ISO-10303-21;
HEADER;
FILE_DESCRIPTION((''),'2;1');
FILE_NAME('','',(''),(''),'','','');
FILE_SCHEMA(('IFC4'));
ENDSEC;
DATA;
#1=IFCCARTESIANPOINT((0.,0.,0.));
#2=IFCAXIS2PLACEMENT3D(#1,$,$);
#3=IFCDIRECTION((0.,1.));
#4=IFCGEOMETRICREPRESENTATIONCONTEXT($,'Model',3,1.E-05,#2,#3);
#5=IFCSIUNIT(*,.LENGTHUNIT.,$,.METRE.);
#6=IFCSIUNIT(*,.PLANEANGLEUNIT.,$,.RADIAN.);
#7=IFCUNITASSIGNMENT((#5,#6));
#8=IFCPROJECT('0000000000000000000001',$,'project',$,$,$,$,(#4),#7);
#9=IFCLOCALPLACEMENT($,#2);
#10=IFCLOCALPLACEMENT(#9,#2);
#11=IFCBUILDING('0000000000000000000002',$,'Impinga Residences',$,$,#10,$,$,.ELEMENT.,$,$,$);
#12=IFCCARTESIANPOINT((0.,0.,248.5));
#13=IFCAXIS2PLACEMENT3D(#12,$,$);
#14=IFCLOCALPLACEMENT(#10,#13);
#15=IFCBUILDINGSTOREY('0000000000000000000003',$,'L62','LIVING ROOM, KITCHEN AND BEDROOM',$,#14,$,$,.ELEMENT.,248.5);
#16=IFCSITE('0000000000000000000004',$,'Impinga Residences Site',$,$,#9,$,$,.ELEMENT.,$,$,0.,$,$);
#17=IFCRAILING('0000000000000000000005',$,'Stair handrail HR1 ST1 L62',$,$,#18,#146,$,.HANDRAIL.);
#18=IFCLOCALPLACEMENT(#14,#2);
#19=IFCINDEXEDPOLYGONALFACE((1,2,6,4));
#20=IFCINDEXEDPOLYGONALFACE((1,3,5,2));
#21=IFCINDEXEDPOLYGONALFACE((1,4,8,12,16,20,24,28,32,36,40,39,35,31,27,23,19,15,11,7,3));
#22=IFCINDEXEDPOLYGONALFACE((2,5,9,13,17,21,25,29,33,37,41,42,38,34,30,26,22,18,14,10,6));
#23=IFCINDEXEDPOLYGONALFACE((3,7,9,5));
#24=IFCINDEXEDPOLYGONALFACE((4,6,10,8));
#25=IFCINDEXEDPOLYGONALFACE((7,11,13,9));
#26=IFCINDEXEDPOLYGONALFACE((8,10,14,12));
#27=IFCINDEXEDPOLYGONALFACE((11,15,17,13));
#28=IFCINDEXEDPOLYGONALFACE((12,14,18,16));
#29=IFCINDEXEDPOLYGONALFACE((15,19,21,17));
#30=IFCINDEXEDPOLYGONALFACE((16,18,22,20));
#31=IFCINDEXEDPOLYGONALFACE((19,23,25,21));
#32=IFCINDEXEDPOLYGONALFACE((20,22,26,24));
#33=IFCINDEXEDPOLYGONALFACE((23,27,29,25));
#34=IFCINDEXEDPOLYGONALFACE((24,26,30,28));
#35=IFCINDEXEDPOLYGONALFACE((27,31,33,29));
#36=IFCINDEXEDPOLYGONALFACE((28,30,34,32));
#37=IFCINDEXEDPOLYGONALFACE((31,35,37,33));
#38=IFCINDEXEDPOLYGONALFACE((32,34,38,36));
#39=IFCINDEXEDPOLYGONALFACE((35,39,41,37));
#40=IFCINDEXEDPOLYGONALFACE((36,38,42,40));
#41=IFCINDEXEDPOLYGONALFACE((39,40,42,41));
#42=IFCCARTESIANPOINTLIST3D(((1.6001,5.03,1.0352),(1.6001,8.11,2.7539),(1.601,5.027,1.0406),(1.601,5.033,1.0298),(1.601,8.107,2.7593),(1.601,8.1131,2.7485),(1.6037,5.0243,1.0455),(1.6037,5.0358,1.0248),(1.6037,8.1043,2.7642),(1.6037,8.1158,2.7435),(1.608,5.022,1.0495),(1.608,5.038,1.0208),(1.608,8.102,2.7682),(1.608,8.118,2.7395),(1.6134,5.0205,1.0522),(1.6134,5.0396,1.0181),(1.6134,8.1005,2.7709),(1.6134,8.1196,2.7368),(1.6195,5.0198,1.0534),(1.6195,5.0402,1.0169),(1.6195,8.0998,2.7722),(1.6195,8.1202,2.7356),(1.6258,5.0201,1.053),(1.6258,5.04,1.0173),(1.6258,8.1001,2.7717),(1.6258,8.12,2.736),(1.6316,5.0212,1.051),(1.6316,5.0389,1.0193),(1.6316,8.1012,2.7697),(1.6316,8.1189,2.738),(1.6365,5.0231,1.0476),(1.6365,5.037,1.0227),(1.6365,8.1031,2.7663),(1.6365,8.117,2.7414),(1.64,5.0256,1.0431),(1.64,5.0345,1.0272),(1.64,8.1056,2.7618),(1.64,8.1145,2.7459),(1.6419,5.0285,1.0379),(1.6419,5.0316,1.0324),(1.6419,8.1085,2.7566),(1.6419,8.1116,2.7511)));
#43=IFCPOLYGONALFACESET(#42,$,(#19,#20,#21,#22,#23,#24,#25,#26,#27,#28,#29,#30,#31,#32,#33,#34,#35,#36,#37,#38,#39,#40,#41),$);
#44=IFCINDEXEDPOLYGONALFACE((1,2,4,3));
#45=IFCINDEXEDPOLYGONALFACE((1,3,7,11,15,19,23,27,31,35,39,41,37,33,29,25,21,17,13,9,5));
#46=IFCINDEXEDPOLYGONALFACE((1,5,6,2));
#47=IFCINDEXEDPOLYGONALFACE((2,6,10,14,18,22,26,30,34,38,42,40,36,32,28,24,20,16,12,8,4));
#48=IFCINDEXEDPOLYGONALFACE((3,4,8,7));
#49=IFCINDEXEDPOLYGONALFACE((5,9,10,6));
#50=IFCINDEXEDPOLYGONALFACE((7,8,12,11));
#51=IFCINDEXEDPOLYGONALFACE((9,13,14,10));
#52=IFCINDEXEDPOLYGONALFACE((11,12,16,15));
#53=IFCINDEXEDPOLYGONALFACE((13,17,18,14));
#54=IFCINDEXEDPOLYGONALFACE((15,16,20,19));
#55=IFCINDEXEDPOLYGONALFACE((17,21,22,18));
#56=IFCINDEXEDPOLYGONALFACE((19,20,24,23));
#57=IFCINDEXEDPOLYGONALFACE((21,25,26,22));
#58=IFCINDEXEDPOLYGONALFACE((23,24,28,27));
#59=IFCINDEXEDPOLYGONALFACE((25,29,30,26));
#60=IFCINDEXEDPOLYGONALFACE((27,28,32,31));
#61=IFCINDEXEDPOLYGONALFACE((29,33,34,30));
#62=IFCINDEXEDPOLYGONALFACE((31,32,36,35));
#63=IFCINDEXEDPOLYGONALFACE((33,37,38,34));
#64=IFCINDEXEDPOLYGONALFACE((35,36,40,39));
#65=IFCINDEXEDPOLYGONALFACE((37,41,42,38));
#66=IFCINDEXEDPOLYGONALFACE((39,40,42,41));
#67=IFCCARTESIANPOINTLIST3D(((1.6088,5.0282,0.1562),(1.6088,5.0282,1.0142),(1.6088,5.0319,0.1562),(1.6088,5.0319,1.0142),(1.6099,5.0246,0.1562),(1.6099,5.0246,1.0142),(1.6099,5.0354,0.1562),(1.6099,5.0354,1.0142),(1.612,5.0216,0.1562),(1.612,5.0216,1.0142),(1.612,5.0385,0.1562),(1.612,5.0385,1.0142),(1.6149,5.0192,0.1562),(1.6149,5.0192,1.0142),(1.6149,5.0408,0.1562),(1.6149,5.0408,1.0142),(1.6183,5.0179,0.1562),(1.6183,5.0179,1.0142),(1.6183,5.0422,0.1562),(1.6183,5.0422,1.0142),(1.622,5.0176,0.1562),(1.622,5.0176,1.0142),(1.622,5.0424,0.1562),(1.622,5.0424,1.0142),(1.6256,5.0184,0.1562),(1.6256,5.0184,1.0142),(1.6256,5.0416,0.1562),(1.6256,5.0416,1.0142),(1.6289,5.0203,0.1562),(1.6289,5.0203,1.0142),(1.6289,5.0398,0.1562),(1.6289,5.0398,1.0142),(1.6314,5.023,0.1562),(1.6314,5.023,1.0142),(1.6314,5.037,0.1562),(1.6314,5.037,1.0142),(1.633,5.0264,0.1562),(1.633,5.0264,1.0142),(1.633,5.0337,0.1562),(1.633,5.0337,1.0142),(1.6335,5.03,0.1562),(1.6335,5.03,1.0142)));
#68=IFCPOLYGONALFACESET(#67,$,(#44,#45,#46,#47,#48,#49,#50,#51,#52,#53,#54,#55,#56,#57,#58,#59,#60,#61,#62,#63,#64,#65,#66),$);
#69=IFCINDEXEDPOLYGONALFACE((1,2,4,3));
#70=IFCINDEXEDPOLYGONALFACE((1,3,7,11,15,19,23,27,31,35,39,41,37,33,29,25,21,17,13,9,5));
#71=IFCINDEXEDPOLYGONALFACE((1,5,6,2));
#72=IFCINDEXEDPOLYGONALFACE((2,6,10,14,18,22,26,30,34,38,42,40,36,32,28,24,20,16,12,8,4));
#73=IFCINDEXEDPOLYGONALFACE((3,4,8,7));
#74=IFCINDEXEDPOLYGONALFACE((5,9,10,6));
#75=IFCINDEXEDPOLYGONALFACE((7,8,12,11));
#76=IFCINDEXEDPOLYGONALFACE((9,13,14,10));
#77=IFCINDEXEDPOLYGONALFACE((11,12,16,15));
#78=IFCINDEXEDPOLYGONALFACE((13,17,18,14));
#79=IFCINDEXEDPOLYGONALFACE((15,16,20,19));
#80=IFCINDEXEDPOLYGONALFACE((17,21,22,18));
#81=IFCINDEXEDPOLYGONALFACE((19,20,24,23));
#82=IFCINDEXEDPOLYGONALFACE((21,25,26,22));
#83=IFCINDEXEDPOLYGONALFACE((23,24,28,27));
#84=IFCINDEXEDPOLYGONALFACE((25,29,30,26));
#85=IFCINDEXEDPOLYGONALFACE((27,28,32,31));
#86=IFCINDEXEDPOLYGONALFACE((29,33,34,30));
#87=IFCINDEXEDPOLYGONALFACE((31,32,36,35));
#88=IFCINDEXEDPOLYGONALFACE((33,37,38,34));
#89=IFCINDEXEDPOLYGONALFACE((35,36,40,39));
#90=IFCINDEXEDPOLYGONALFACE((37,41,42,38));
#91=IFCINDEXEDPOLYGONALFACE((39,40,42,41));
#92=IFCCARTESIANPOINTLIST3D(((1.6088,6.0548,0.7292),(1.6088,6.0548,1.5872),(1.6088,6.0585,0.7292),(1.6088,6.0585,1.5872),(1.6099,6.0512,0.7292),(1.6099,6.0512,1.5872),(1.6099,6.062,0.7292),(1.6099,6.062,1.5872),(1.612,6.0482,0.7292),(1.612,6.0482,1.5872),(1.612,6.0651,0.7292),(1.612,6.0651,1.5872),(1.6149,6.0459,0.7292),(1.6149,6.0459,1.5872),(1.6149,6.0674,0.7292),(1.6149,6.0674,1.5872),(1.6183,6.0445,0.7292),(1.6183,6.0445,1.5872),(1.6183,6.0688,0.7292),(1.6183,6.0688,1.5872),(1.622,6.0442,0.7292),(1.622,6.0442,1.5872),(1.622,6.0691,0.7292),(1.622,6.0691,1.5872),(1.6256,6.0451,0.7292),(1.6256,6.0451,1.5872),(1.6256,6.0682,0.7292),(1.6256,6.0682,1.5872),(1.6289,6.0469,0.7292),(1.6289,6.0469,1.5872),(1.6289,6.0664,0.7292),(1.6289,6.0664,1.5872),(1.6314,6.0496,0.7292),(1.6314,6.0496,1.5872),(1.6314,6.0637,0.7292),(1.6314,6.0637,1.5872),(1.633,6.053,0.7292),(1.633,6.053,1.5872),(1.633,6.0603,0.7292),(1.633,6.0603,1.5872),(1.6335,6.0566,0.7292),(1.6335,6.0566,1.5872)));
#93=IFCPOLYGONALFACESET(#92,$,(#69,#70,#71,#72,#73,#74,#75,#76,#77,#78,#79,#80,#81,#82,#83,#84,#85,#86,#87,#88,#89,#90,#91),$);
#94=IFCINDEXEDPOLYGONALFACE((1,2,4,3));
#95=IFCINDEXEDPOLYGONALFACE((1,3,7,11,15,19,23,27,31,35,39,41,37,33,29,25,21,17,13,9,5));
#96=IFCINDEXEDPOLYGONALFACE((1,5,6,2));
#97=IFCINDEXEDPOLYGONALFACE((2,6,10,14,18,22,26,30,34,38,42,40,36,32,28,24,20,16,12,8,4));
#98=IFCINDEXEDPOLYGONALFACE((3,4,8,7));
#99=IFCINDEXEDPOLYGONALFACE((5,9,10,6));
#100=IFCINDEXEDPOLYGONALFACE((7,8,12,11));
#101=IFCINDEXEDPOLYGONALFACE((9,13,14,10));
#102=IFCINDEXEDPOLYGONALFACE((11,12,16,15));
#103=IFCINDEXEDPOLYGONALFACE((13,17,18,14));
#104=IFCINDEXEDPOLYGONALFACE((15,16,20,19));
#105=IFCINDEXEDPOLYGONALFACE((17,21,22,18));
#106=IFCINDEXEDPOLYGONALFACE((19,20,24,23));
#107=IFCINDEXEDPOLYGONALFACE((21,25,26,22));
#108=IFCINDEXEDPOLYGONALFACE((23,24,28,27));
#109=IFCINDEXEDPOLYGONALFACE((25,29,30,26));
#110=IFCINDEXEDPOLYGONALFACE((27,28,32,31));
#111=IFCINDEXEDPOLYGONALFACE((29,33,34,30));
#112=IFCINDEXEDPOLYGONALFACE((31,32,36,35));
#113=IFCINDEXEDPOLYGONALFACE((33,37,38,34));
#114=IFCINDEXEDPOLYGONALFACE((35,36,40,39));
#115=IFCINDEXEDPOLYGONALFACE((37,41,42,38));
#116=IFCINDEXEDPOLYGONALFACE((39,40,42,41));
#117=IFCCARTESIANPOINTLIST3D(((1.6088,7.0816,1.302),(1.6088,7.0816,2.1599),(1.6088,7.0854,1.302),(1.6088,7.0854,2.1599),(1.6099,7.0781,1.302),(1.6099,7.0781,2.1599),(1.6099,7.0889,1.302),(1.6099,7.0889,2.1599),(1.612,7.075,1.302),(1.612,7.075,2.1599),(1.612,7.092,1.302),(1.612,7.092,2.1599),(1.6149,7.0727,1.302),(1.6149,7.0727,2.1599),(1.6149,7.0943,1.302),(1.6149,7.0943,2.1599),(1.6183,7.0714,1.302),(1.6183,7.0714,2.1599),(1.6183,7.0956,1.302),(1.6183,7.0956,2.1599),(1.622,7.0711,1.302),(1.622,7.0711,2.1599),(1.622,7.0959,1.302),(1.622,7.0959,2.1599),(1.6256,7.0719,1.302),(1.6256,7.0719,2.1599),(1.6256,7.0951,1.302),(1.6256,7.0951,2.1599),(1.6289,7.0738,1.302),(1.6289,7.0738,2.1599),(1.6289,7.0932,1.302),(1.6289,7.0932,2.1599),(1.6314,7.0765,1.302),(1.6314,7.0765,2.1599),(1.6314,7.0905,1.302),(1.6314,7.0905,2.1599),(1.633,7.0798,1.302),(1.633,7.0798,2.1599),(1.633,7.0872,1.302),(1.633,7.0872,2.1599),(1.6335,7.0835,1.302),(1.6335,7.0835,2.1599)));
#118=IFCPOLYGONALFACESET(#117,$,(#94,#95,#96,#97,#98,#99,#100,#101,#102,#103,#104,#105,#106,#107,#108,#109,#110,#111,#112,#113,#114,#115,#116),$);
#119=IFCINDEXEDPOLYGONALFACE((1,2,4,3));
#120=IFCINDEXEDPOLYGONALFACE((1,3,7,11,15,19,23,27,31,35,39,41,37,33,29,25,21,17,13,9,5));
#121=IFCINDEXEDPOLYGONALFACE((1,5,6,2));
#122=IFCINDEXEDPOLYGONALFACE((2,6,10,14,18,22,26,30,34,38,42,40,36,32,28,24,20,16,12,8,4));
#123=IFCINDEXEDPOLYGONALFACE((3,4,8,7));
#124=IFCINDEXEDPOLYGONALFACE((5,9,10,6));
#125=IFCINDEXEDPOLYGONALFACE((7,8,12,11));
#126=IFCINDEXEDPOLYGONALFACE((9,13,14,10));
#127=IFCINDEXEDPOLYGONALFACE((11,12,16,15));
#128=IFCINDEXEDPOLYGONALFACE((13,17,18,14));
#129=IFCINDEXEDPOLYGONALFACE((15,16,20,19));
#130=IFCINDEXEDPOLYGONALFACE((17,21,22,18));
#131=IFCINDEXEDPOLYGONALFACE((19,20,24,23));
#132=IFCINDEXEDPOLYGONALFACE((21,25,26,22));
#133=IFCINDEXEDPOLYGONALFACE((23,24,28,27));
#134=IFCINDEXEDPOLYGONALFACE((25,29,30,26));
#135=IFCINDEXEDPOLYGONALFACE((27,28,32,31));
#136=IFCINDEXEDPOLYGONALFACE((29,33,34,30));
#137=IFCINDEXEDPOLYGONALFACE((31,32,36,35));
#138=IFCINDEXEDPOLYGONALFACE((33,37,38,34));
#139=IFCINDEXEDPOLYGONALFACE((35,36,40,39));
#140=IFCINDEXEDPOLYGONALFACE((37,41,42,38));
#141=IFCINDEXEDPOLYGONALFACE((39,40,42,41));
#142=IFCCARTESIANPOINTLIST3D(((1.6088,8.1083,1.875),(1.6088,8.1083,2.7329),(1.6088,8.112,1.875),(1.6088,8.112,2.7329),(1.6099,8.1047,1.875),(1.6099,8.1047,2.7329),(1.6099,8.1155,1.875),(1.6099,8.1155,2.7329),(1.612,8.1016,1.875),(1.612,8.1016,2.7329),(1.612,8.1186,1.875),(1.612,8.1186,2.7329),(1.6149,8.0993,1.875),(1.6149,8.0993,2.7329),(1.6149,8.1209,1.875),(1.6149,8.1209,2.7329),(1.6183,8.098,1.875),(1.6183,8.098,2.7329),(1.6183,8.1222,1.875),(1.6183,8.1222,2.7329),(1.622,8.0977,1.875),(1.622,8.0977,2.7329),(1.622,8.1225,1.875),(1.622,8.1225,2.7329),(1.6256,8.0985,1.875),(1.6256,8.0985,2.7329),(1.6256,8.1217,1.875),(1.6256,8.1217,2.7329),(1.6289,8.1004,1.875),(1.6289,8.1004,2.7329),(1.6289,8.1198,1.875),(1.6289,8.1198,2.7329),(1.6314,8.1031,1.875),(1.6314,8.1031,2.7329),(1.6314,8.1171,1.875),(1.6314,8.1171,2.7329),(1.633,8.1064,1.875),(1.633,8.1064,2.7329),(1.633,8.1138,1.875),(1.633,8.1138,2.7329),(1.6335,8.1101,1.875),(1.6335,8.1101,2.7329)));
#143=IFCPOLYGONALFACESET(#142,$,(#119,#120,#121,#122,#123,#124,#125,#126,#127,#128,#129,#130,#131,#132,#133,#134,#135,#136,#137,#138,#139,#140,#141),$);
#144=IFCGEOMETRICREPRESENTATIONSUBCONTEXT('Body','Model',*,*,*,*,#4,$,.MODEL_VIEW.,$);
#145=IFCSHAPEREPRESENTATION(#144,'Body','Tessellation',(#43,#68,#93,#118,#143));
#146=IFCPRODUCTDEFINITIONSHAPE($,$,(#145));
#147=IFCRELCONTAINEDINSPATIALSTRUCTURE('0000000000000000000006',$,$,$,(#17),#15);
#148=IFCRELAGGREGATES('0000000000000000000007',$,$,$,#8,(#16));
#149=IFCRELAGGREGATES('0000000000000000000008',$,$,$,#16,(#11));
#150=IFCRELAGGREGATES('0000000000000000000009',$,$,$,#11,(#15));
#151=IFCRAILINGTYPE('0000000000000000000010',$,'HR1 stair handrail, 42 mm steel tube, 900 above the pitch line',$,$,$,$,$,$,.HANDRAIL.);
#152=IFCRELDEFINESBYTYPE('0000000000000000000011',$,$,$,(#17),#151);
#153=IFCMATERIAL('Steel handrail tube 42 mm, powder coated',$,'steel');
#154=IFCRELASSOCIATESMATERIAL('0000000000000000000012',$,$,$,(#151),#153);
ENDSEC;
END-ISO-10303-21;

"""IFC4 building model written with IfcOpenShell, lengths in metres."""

from ifc_helpers import new_model, si_unit, direction, frame, origin, origin_2d, place, context, subcontext, project, spatial, circle, extrude, material, type_object, element, save


model = new_model("IFC4")

# Units and contexts
model_context = context("Model", 3, precision=1e-05, world=origin(), true_north=direction((0.0, 1.0)))
body_context = subcontext(model_context, "Body", "Model", "MODEL_VIEW")
ifc_project = project(units=[si_unit("LENGTHUNIT", "METRE"), si_unit("PLANEANGLEUNIT", "RADIAN")], contexts=[model_context])

# Site, building, storey
site_placement = place(None, origin())
site = spatial("IfcSite", under=ifc_project, at=site_placement, Name="Impinga Residences Site", CompositionType="ELEMENT", RefElevation=0.0)
building_placement = place(site_placement, origin())
building = spatial("IfcBuilding", under=site, at=building_placement, Name="Impinga Residences", CompositionType="ELEMENT")
storey_placement = place(building_placement, frame((0.0, 0.0, 248.5)))
storey = spatial("IfcBuildingStorey", under=building, at=storey_placement, Name="L62", Description="LIVING ROOM, KITCHEN AND BEDROOM", CompositionType="ELEMENT", Elevation=248.5)

# Railing
ifc_material_1 = material(Name="Steel handrail tube 42 mm, powder coated", Category="steel")
railing_type_1 = type_object("IfcRailingType", Name="HR1 stair handrail, 42 mm steel tube, 900 above the pitch line", PredefinedType="HANDRAIL", material=ifc_material_1)
railing_1_placement = place(storey_placement, frame((1.6211, 5.03, 0.1562)))
element("IfcRailing", 1, at=railing_1_placement, inside=storey, type_object=railing_type_1, Name="Stair handrail HR1 ST1 L62", PredefinedType="HANDRAIL", context=body_context, shape_type="SweptSolid", body=[
    extrude(circle(Radius=0.021, at=origin_2d()), frame((0.0, 0.0, 0.8789), z_axis=(0.0, 0.873242, 0.487288), x_axis=(-1.0, 0.0, 0.0)), (0.0, 0.0, 1.0), 3.5271),
    extrude(circle(Radius=0.0125, at=origin_2d()), origin(), (0.0, 0.0, 1.0), 0.8579),
    extrude(circle(Radius=0.0125, at=origin_2d()), frame((0.0, 1.0266, 0.573)), (0.0, 0.0, 1.0), 0.8579),
    extrude(circle(Radius=0.0125, at=origin_2d()), frame((0.0, 2.0535, 1.1458)), (0.0, 0.0, 1.0), 0.8579),
    extrude(circle(Radius=0.0125, at=origin_2d()), frame((0.0, 3.0801, 1.7188)), (0.0, 0.0, 1.0), 0.8579),
])

save(model, "model.ifc")
